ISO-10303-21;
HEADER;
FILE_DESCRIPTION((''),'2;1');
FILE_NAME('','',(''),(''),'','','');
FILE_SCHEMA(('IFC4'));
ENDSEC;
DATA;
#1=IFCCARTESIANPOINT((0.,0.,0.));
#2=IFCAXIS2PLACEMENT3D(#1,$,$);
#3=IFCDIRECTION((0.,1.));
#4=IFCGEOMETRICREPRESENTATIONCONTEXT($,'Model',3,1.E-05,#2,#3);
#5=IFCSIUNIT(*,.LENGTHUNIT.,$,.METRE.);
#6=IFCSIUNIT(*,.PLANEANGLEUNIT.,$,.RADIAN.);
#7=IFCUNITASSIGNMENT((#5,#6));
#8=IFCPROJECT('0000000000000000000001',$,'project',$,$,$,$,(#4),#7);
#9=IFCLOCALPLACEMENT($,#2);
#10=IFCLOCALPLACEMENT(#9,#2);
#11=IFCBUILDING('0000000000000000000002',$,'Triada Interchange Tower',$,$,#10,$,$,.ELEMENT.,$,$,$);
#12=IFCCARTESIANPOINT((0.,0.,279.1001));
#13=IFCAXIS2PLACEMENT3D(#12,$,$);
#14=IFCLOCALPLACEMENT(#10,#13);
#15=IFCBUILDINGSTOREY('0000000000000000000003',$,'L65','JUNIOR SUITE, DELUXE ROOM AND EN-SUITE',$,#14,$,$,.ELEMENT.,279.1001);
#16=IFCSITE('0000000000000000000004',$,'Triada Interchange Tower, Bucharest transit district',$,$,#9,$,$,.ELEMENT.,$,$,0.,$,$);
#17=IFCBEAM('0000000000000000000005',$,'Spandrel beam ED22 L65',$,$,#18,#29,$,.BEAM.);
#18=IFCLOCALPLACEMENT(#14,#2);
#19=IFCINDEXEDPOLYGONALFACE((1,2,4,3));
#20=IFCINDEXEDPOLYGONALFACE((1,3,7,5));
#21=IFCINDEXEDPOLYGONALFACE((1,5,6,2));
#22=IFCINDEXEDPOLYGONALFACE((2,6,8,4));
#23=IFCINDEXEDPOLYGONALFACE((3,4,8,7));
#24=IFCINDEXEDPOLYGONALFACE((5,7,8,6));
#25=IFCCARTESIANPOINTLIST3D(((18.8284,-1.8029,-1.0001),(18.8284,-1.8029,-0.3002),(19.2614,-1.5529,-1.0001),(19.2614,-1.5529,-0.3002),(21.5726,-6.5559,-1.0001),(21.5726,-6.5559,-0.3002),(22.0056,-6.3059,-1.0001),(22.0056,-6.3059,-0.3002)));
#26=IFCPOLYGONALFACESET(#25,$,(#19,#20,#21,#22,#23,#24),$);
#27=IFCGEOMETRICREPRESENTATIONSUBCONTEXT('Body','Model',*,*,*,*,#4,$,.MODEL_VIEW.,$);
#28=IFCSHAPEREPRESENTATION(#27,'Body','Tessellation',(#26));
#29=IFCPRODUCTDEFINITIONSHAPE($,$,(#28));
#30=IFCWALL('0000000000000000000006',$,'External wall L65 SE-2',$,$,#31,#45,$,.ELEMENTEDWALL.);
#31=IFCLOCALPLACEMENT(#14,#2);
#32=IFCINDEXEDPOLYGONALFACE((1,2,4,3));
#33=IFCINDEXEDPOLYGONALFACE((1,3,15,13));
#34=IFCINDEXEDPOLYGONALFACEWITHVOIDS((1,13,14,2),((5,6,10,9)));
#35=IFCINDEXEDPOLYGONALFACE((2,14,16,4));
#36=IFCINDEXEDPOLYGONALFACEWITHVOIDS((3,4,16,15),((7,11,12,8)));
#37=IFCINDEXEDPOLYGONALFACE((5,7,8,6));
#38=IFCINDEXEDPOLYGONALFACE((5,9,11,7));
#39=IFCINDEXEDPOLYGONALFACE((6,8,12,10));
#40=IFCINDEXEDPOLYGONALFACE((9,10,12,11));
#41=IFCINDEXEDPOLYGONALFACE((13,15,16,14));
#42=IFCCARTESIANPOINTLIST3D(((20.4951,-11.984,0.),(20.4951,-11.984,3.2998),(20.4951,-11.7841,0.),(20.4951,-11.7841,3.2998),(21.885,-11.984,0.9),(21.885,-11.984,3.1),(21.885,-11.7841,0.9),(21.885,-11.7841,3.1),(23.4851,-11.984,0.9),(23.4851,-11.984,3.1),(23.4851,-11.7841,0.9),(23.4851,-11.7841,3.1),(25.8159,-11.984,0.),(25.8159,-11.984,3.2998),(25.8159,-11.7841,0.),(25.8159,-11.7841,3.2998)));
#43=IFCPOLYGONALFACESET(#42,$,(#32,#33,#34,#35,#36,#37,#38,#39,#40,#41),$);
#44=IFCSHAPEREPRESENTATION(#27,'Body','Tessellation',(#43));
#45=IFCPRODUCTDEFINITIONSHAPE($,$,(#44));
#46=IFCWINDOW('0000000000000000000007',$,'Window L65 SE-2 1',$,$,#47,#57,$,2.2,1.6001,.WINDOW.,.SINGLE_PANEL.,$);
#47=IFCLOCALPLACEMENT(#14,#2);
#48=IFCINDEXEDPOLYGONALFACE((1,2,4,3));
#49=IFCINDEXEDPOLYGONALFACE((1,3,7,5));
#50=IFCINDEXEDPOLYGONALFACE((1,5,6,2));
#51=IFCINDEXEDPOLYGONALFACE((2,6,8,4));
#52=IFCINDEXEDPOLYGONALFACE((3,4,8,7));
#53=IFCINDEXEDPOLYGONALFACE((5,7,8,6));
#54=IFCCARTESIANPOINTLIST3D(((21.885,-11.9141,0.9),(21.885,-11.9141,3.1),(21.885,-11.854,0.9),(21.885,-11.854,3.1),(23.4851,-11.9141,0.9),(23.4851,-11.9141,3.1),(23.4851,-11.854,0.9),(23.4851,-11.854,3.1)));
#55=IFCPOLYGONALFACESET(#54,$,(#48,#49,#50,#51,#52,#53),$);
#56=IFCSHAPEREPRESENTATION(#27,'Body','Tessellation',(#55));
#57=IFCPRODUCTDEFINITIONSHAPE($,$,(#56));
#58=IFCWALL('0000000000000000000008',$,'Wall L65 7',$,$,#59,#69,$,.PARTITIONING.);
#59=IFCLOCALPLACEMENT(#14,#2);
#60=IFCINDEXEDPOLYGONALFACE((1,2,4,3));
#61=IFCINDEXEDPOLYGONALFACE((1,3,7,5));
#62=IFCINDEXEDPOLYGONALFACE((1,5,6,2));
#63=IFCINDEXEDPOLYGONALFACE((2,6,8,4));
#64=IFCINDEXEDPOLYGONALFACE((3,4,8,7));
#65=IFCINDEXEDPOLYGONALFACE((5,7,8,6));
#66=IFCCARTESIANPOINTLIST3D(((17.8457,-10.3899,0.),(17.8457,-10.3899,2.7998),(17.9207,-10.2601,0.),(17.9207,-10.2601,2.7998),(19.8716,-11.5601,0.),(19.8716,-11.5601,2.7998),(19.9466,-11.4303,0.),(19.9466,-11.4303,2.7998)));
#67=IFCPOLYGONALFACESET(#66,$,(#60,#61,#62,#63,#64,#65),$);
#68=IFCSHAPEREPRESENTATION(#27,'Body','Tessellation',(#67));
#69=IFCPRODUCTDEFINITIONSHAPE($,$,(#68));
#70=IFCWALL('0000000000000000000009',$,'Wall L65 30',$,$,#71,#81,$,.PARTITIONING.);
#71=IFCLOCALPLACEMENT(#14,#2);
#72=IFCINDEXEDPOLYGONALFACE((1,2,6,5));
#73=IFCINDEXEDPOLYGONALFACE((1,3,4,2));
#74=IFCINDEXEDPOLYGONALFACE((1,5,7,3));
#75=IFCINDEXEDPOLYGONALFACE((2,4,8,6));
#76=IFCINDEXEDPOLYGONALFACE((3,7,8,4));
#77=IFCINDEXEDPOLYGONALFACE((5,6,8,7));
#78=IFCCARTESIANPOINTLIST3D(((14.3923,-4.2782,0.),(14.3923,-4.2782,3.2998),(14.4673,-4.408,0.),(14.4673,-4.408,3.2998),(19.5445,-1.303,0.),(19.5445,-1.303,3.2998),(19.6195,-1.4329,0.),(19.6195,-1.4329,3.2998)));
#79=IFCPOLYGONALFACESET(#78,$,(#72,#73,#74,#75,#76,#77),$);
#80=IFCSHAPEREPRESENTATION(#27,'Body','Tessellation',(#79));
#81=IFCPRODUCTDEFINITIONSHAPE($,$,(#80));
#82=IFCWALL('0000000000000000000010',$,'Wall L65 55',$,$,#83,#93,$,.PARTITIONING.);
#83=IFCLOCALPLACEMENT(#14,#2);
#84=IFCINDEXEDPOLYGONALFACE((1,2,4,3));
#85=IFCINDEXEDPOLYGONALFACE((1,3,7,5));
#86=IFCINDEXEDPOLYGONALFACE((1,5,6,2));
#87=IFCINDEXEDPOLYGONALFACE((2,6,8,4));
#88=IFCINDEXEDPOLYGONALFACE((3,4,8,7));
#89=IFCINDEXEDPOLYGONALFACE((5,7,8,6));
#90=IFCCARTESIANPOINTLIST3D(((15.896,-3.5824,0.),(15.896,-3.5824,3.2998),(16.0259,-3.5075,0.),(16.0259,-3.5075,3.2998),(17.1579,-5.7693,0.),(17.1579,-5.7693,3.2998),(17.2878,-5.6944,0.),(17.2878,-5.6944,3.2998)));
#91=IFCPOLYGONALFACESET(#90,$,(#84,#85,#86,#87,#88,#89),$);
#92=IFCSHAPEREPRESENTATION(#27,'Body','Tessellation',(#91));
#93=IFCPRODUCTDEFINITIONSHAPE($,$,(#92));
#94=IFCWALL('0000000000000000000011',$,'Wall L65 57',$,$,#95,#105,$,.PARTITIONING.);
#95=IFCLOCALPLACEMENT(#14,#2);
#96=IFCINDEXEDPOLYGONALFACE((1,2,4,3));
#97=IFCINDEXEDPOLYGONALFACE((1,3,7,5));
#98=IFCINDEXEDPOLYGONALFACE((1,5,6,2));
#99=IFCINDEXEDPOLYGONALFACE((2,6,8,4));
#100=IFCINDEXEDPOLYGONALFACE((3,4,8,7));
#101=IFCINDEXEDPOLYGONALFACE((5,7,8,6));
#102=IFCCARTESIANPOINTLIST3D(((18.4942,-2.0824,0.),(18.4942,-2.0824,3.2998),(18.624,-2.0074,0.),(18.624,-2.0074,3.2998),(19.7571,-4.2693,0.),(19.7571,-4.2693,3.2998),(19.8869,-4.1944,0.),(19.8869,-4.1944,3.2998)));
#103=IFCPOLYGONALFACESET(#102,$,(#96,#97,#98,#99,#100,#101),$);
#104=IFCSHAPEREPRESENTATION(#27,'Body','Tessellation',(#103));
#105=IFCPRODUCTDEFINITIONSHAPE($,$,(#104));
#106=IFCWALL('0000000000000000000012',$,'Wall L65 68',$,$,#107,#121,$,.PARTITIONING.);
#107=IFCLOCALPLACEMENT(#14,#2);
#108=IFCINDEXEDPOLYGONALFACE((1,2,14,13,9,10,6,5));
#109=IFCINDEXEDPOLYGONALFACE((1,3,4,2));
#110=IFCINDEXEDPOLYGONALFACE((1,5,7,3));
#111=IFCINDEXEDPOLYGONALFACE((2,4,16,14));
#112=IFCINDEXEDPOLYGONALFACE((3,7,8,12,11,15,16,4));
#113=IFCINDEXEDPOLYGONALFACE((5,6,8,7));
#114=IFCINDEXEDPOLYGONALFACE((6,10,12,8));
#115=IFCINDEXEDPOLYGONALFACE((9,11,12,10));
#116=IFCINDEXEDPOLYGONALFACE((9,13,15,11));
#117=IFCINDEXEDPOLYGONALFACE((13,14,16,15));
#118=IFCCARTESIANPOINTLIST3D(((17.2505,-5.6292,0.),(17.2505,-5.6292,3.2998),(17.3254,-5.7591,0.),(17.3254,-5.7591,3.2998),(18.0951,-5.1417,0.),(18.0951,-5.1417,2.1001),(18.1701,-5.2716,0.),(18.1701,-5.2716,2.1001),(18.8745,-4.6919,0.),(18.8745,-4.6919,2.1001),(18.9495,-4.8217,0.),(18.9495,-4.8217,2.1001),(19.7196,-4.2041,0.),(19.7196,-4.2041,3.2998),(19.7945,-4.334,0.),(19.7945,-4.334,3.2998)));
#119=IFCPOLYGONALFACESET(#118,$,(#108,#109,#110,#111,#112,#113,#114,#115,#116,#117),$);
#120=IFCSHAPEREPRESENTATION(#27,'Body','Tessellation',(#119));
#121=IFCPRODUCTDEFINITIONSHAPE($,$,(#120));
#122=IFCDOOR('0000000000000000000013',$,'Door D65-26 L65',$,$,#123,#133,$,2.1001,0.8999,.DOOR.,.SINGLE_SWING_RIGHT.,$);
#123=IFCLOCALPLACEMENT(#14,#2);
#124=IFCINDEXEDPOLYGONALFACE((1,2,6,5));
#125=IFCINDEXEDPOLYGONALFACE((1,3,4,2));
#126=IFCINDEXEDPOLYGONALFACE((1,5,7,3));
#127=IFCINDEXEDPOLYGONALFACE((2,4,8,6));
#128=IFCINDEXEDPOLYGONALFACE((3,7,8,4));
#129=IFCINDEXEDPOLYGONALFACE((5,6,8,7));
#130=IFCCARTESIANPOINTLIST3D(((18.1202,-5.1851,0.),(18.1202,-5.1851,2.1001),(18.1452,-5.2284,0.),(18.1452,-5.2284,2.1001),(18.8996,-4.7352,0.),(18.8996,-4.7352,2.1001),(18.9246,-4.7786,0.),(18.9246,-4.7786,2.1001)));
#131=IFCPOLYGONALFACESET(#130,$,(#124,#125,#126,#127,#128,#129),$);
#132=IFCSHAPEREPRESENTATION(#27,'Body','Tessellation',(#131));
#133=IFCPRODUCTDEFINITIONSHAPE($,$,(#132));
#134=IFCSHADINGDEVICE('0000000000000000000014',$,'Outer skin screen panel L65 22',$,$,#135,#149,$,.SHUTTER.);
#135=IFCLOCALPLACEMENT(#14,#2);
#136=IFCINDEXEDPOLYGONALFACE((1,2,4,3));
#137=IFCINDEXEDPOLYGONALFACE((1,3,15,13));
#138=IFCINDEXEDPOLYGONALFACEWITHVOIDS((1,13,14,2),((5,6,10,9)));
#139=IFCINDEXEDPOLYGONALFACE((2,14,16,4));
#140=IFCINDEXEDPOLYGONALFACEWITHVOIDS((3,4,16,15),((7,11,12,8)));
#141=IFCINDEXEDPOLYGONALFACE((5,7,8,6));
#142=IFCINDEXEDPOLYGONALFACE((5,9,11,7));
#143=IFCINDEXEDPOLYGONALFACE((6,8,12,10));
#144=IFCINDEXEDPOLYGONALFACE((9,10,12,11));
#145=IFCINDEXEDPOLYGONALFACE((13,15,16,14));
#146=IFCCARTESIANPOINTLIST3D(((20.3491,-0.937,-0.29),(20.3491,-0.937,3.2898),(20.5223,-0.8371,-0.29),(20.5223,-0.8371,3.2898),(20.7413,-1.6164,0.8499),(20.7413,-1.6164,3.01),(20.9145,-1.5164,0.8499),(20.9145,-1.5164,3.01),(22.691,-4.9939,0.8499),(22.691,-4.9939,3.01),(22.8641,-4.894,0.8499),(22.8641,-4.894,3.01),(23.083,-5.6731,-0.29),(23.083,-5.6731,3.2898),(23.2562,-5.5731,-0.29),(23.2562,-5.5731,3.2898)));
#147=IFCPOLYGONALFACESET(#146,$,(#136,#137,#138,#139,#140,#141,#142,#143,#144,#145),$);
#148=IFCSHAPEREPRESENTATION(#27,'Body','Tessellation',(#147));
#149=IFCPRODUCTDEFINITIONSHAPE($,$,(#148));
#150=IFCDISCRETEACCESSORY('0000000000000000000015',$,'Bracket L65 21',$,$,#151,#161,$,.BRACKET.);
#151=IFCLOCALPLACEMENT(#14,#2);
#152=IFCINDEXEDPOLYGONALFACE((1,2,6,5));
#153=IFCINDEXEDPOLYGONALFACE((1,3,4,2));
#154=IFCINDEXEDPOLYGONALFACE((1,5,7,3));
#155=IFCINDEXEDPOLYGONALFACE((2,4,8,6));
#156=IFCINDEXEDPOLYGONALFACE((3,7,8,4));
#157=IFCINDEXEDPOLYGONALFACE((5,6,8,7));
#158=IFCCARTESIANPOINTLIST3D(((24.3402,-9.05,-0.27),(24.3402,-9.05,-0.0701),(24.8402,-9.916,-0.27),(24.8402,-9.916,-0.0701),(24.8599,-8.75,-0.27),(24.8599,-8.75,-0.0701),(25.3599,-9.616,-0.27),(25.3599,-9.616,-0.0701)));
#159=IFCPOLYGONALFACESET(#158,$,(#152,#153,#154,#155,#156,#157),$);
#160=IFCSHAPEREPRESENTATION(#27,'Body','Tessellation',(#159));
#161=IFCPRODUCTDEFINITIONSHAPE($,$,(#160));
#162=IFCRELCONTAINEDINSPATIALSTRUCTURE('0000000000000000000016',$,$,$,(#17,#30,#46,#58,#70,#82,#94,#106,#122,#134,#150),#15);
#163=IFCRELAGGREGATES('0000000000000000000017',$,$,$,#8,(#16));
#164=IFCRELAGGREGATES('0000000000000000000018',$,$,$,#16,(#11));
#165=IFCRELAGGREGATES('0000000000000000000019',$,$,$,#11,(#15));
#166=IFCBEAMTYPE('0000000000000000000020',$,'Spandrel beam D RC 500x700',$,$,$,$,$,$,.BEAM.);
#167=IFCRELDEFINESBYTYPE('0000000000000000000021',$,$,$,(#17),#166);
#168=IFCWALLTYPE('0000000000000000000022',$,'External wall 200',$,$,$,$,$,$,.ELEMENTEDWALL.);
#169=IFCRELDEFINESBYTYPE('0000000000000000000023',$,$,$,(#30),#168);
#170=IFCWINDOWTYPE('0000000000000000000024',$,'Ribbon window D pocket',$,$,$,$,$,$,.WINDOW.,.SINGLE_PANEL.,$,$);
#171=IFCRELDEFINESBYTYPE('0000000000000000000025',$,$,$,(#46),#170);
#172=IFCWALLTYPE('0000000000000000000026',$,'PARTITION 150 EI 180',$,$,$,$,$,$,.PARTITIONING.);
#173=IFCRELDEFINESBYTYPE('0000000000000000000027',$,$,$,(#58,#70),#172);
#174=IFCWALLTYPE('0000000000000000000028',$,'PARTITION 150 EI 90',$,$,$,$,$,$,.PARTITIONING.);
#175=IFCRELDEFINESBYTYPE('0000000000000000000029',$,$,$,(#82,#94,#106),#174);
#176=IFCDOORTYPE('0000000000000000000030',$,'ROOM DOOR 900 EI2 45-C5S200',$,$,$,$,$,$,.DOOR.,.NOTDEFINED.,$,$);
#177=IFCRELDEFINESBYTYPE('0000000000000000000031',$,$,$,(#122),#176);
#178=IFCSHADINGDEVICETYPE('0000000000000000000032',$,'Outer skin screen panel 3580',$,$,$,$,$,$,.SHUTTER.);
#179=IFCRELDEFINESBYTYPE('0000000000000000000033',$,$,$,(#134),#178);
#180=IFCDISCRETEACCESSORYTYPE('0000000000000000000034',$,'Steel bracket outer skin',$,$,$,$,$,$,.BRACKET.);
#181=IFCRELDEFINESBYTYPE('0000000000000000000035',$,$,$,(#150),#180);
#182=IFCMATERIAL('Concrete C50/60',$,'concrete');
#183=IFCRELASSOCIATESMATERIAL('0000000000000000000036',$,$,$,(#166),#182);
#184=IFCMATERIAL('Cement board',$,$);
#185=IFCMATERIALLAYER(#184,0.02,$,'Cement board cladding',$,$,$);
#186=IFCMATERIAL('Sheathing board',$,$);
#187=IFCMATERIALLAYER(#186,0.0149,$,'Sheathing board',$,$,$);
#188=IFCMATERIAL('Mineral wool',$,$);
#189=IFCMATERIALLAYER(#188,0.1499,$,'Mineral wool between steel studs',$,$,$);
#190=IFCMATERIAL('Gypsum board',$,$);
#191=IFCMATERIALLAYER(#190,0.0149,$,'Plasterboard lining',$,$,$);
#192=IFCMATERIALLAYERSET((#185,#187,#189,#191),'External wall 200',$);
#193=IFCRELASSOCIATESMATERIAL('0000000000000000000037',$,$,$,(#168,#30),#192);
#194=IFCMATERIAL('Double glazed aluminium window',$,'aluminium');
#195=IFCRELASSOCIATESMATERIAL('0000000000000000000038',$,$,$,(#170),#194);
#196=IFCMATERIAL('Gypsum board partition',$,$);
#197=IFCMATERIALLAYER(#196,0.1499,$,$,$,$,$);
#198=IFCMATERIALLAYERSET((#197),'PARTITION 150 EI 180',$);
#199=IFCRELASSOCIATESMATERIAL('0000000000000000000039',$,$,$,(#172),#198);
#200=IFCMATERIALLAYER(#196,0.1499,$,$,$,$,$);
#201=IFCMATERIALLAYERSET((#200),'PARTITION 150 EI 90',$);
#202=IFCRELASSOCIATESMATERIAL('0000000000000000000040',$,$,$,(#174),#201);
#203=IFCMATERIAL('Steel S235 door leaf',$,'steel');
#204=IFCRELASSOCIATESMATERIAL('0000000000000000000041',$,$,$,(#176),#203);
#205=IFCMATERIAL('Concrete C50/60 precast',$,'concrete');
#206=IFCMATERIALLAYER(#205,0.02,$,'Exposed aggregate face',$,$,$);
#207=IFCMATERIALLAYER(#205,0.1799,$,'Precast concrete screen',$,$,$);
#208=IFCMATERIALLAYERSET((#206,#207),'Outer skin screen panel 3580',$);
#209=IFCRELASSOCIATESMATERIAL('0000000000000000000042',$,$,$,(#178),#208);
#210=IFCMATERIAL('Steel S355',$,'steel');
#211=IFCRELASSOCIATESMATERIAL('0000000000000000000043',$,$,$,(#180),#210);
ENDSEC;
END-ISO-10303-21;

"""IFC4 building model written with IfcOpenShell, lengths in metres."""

from ifc_helpers import new_model, si_unit, direction, frame, frame_2d, origin, origin_2d, place, context, subcontext, project, spatial, polyline, rectangle, outline, extrude, material, layer, layer_set, layer_usage, material_profile, profile_set, type_object, element, fill, save


model = new_model("IFC4")

# Units and contexts
model_context = context("Model", 3, precision=1e-05, world=origin(), true_north=direction((0.0, 1.0)))
body_context = subcontext(model_context, "Body", "Model", "MODEL_VIEW")
ifc_project = project(units=[si_unit("LENGTHUNIT", "METRE"), si_unit("PLANEANGLEUNIT", "RADIAN")], contexts=[model_context])

# Site, building, storey
site_placement = place(None, origin())
site = spatial("IfcSite", under=ifc_project, at=site_placement, Name="Triada Interchange Tower, Bucharest transit district", CompositionType="ELEMENT", RefElevation=0.0)
building_placement = place(site_placement, origin())
building = spatial("IfcBuilding", under=site, at=building_placement, Name="Triada Interchange Tower", CompositionType="ELEMENT")
storey_placement = place(building_placement, frame((0.0, 0.0, 279.1001)))
storey = spatial("IfcBuildingStorey", under=building, at=storey_placement, Name="L65", Description="JUNIOR SUITE, DELUXE ROOM AND EN-SUITE", CompositionType="ELEMENT", Elevation=279.1001)

# Beam
ifc_material_1 = material(Name="Concrete C50/60", Category="concrete")
ifc_material_profile_1 = material_profile(ifc_material_1, rectangle(XDim=0.5, YDim=0.7, at=origin_2d()), Name="RC 500x700")
ifc_profile_set_1 = profile_set([ifc_material_profile_1], Name="Concrete C50/60")
beam_type_1 = type_object("IfcBeamType", Name="Spandrel beam D RC 500x700", PredefinedType="BEAM", material=ifc_profile_set_1)
for number, where, z_axis, x_axis, name in (
    (1, (21.7891, -6.4309, -0.6501), (-0.500005, 0.866023, 0.0), (-0.866023, -0.500005, 0.0), "Spandrel beam ED22 L65"),
):
    element("IfcBeam", number, at=place(storey_placement, frame(where, z_axis=z_axis, x_axis=x_axis)), inside=storey, type_object=beam_type_1, Name=name, PredefinedType="BEAM", context=body_context, shape_type="SweptSolid", body=[
        extrude(rectangle(XDim=0.5, YDim=0.7, at=origin_2d()), origin(), (0.0, 0.0, 1.0), 5.4883),
    ])

# Shared definitions
ifc_material_2 = material(Name="Steel S235 door leaf", Category="steel")

# Wall, opening, window
ifc_material_3 = material(Name="Cement board")
ifc_layer_1 = layer(ifc_material_3, 0.02, Name="Cement board cladding")
ifc_material_4 = material(Name="Sheathing board")
ifc_layer_2 = layer(ifc_material_4, 0.0149, Name="Sheathing board")
ifc_material_5 = material(Name="Mineral wool")
ifc_layer_3 = layer(ifc_material_5, 0.1499, Name="Mineral wool between steel studs")
ifc_material_6 = material(Name="Gypsum board")
ifc_layer_4 = layer(ifc_material_6, 0.0149, Name="Plasterboard lining")
ifc_layer_set_1 = layer_set([ifc_layer_1, ifc_layer_2, ifc_layer_3, ifc_layer_4], Name="External wall 200")
ifc_layer_usage = layer_usage(ifc_layer_set_1, "AXIS2", "POSITIVE", -0.1001)
wall_type_1 = type_object("IfcWallType", Name="External wall 200", PredefinedType="ELEMENTEDWALL", material=ifc_layer_set_1)
wall_1_placement = place(storey_placement, frame((20.4951, -11.884, 0.0), z_axis=(0.0, 0.0, 1.0), x_axis=(1.0, 0.0, 0.0)))
wall_1 = element("IfcWall", 2, at=wall_1_placement, inside=storey, type_object=wall_type_1, material=ifc_layer_usage, Name="External wall L65 SE-2", PredefinedType="ELEMENTEDWALL", context=body_context, shape_type="SweptSolid", body=[
    extrude(rectangle(XDim=5.3208, YDim=0.2, at=frame_2d((2.6604, 0.0))), origin(), (0.0, 0.0, 1.0), 3.2998),
])
opening_1_placement = place(wall_1_placement, frame((1.3899, 0.0, 0.8999)))
opening_1 = element("IfcOpeningElement", 3, at=opening_1_placement, cuts=wall_1, PredefinedType="OPENING", context=body_context, shape_type="SweptSolid", body=[
    extrude(rectangle(XDim=1.6001, YDim=2.2, at=frame_2d((0.8, 1.1001))), frame((0.0, 0.1099, 0.0), z_axis=(0.0, -1.0, 0.0), x_axis=(1.0, 0.0, 0.0)), (0.0, 0.0, 1.0), 0.22),
])
ifc_material_7 = material(Name="Double glazed aluminium window", Category="aluminium")
window_type = type_object("IfcWindowType", Name="Ribbon window D pocket", PartitioningType="SINGLE_PANEL", PredefinedType="WINDOW", material=ifc_material_7)
window_placement = place(opening_1_placement, origin())
window = element("IfcWindow", 4, at=window_placement, inside=storey, type_object=window_type, Name="Window L65 SE-2 1", OverallHeight=2.2, OverallWidth=1.6001, PartitioningType="SINGLE_PANEL", PredefinedType="WINDOW", context=body_context, shape_type="SweptSolid", body=[
    extrude(rectangle(XDim=1.6001, YDim=2.2, at=frame_2d((0.8, 1.1001))), frame((0.0, 0.03, 0.0), z_axis=(0.0, -1.0, 0.0), x_axis=(1.0, 0.0, 0.0)), (0.0, 0.0, 1.0), 0.0601),
])
fill(opening_1, window)

# Walls
ifc_material_8 = material(Name="Gypsum board partition")
ifc_layer_5 = layer(ifc_material_8, 0.1499)
ifc_layer_set_2 = layer_set([ifc_layer_5], Name="PARTITION 150 EI 180")
wall_type_2 = type_object("IfcWallType", Name="PARTITION 150 EI 180", PredefinedType="PARTITIONING", material=ifc_layer_set_2)
wall_2_placement = place(storey_placement, frame((17.8831, -10.325, 0.0), z_axis=(0.0, 0.0, 1.0), x_axis=(0.865928, -0.500168, 0.0)))
element("IfcWall", 5, at=wall_2_placement, inside=storey, type_object=wall_type_2, Name="Wall L65 7", PredefinedType="PARTITIONING", context=body_context, shape_type="SweptSolid", body=[
    extrude(rectangle(XDim=2.3396, YDim=0.1499, at=frame_2d((1.1699, 0.0))), origin(), (0.0, 0.0, 1.0), 2.7998),
])
wall_3_placement = place(storey_placement, frame((14.4299, -4.343, 0.0), z_axis=(0.0, 0.0, 1.0), x_axis=(0.865987, 0.500067, 0.0)))
element("IfcWall", 6, at=wall_3_placement, inside=storey, type_object=wall_type_2, Name="Wall L65 30", PredefinedType="PARTITIONING", context=body_context, shape_type="SweptSolid", body=[
    extrude(rectangle(XDim=5.9495, YDim=0.1499, at=frame_2d((2.9746, 0.0))), origin(), (0.0, 0.0, 1.0), 3.2998),
])
ifc_layer_6 = layer(ifc_material_8, 0.1499)
ifc_layer_set_3 = layer_set([ifc_layer_6], Name="PARTITION 150 EI 90")
wall_type_3 = type_object("IfcWallType", Name="PARTITION 150 EI 90", PredefinedType="PARTITIONING", material=ifc_layer_set_3)
wall_4_placement = place(storey_placement, frame((15.9609, -3.5449, 0.0), z_axis=(0.0, 0.0, 1.0), x_axis=(0.499789, -0.866147, 0.0)))
element("IfcWall", 7, at=wall_4_placement, inside=storey, type_object=wall_type_3, Name="Wall L65 55", PredefinedType="PARTITIONING", context=body_context, shape_type="SweptSolid", body=[
    extrude(rectangle(XDim=2.5249, YDim=0.1499, at=frame_2d((1.2625, 0.0))), origin(), (0.0, 0.0, 1.0), 3.2998),
])
wall_5_placement = place(storey_placement, frame((18.5591, -2.0449, 0.0), z_axis=(0.0, 0.0, 1.0), x_axis=(0.500079, -0.86598, 0.0)))
element("IfcWall", 8, at=wall_5_placement, inside=storey, type_object=wall_type_3, Name="Wall L65 57", PredefinedType="PARTITIONING", context=body_context, shape_type="SweptSolid", body=[
    extrude(rectangle(XDim=2.5254, YDim=0.1499, at=frame_2d((1.2627, 0.0))), origin(), (0.0, 0.0, 1.0), 3.2998),
])

# Wall, opening, door
wall_6_placement = place(storey_placement, frame((17.2881, -5.6941, 0.0), z_axis=(0.0, 0.0, 1.0), x_axis=(0.86609, 0.499888, 0.0)))
wall_6 = element("IfcWall", 9, at=wall_6_placement, inside=storey, type_object=wall_type_3, Name="Wall L65 68", PredefinedType="PARTITIONING", context=body_context, shape_type="SweptSolid", body=[
    extrude(rectangle(XDim=2.8508, YDim=0.1499, at=frame_2d((1.4253, 0.0))), origin(), (0.0, 0.0, 1.0), 3.2998),
])
opening_2_placement = place(wall_6_placement, frame((0.9751, 0.0, 0.0)))
opening_2 = element("IfcOpeningElement", 10, at=opening_2_placement, cuts=wall_6, PredefinedType="OPENING", context=body_context, shape_type="SweptSolid", body=[
    extrude(rectangle(XDim=0.8999, YDim=2.1001, at=frame_2d((0.45, 1.05))), frame((0.0, 0.085, 0.0), z_axis=(0.0, -1.0, 0.0), x_axis=(1.0, 0.0, 0.0)), (0.0, 0.0, 1.0), 0.1699),
])
door_type_1 = type_object("IfcDoorType", Name="ROOM DOOR 900 EI2 45-C5S200", OperationType="NOTDEFINED", PredefinedType="DOOR", material=ifc_material_2)
door_1_placement = place(opening_2_placement, origin())
door_1 = element("IfcDoor", 11, at=door_1_placement, inside=storey, type_object=door_type_1, Name="Door D65-26 L65", OperationType="SINGLE_SWING_RIGHT", OverallHeight=2.1001, OverallWidth=0.8999, PredefinedType="DOOR", context=body_context, shape_type="SweptSolid", body=[
    extrude(rectangle(XDim=0.8999, YDim=2.1001, at=frame_2d((0.45, 1.05))), frame((0.0, 0.0249, 0.0), z_axis=(0.0, -1.0, 0.0), x_axis=(1.0, 0.0, 0.0)), (0.0, 0.0, 1.0), 0.05),
])
fill(opening_2, door_1)

# Shading device
ifc_material_9 = material(Name="Concrete C50/60 precast", Category="concrete")
ifc_layer_7 = layer(ifc_material_9, 0.02, Name="Exposed aggregate face")
ifc_layer_8 = layer(ifc_material_9, 0.1799, Name="Precast concrete screen")
ifc_layer_set_4 = layer_set([ifc_layer_7, ifc_layer_8], Name="Outer skin screen panel 3580")
shading_device_type = type_object("IfcShadingDeviceType", Name="Outer skin screen panel 3580", PredefinedType="SHUTTER", material=ifc_layer_set_4)
shading_device_placement = place(storey_placement, frame((23.083, -5.6731, -0.29), z_axis=(0.0, 0.0, 1.0), x_axis=(-0.499932, 0.866064, 0.0)))
element("IfcShadingDevice", 12, at=shading_device_placement, inside=storey, type_object=shading_device_type, Name="Outer skin screen panel L65 22", PredefinedType="SHUTTER", context=body_context, shape_type="SweptSolid", body=[
    extrude(outline(polyline([(0.0, 0.0), (5.4685, 0.0), (5.4685, 3.5798), (0.0, 3.5798), (0.0, 0.0)]), holes=[polyline([(0.7842, 1.1399), (0.7842, 3.3), (4.6841, 3.3), (4.6841, 1.1399), (0.7842, 1.1399)])]), frame((0.0, 0.0, 0.0), z_axis=(0.0, -1.0, 0.0), x_axis=(1.0, 0.0, 0.0)), (0.0, 0.0, 1.0), 0.2),
])

# Discrete accessory
ifc_material_10 = material(Name="Steel S355", Category="steel")
discrete_accessory_type = type_object("IfcDiscreteAccessoryType", Name="Steel bracket outer skin", PredefinedType="BRACKET", material=ifc_material_10)
for number, where, z_axis, x_axis, name in (
    (13, (24.8501, -9.333, -0.27), (0.0, 0.0, 1.0), (0.866024, 0.500002, 0.0), "Bracket L65 21"),
):
    element("IfcDiscreteAccessory", number, at=place(storey_placement, frame(where, z_axis=z_axis, x_axis=x_axis)), inside=storey, type_object=discrete_accessory_type, Name=name, PredefinedType="BRACKET", context=body_context, shape_type="SweptSolid", body=[
        extrude(rectangle(XDim=0.6001, YDim=1.0, at=origin_2d()), origin(), (0.0, 0.0, 1.0), 0.2),
    ])

save(model, "model.ifc")
